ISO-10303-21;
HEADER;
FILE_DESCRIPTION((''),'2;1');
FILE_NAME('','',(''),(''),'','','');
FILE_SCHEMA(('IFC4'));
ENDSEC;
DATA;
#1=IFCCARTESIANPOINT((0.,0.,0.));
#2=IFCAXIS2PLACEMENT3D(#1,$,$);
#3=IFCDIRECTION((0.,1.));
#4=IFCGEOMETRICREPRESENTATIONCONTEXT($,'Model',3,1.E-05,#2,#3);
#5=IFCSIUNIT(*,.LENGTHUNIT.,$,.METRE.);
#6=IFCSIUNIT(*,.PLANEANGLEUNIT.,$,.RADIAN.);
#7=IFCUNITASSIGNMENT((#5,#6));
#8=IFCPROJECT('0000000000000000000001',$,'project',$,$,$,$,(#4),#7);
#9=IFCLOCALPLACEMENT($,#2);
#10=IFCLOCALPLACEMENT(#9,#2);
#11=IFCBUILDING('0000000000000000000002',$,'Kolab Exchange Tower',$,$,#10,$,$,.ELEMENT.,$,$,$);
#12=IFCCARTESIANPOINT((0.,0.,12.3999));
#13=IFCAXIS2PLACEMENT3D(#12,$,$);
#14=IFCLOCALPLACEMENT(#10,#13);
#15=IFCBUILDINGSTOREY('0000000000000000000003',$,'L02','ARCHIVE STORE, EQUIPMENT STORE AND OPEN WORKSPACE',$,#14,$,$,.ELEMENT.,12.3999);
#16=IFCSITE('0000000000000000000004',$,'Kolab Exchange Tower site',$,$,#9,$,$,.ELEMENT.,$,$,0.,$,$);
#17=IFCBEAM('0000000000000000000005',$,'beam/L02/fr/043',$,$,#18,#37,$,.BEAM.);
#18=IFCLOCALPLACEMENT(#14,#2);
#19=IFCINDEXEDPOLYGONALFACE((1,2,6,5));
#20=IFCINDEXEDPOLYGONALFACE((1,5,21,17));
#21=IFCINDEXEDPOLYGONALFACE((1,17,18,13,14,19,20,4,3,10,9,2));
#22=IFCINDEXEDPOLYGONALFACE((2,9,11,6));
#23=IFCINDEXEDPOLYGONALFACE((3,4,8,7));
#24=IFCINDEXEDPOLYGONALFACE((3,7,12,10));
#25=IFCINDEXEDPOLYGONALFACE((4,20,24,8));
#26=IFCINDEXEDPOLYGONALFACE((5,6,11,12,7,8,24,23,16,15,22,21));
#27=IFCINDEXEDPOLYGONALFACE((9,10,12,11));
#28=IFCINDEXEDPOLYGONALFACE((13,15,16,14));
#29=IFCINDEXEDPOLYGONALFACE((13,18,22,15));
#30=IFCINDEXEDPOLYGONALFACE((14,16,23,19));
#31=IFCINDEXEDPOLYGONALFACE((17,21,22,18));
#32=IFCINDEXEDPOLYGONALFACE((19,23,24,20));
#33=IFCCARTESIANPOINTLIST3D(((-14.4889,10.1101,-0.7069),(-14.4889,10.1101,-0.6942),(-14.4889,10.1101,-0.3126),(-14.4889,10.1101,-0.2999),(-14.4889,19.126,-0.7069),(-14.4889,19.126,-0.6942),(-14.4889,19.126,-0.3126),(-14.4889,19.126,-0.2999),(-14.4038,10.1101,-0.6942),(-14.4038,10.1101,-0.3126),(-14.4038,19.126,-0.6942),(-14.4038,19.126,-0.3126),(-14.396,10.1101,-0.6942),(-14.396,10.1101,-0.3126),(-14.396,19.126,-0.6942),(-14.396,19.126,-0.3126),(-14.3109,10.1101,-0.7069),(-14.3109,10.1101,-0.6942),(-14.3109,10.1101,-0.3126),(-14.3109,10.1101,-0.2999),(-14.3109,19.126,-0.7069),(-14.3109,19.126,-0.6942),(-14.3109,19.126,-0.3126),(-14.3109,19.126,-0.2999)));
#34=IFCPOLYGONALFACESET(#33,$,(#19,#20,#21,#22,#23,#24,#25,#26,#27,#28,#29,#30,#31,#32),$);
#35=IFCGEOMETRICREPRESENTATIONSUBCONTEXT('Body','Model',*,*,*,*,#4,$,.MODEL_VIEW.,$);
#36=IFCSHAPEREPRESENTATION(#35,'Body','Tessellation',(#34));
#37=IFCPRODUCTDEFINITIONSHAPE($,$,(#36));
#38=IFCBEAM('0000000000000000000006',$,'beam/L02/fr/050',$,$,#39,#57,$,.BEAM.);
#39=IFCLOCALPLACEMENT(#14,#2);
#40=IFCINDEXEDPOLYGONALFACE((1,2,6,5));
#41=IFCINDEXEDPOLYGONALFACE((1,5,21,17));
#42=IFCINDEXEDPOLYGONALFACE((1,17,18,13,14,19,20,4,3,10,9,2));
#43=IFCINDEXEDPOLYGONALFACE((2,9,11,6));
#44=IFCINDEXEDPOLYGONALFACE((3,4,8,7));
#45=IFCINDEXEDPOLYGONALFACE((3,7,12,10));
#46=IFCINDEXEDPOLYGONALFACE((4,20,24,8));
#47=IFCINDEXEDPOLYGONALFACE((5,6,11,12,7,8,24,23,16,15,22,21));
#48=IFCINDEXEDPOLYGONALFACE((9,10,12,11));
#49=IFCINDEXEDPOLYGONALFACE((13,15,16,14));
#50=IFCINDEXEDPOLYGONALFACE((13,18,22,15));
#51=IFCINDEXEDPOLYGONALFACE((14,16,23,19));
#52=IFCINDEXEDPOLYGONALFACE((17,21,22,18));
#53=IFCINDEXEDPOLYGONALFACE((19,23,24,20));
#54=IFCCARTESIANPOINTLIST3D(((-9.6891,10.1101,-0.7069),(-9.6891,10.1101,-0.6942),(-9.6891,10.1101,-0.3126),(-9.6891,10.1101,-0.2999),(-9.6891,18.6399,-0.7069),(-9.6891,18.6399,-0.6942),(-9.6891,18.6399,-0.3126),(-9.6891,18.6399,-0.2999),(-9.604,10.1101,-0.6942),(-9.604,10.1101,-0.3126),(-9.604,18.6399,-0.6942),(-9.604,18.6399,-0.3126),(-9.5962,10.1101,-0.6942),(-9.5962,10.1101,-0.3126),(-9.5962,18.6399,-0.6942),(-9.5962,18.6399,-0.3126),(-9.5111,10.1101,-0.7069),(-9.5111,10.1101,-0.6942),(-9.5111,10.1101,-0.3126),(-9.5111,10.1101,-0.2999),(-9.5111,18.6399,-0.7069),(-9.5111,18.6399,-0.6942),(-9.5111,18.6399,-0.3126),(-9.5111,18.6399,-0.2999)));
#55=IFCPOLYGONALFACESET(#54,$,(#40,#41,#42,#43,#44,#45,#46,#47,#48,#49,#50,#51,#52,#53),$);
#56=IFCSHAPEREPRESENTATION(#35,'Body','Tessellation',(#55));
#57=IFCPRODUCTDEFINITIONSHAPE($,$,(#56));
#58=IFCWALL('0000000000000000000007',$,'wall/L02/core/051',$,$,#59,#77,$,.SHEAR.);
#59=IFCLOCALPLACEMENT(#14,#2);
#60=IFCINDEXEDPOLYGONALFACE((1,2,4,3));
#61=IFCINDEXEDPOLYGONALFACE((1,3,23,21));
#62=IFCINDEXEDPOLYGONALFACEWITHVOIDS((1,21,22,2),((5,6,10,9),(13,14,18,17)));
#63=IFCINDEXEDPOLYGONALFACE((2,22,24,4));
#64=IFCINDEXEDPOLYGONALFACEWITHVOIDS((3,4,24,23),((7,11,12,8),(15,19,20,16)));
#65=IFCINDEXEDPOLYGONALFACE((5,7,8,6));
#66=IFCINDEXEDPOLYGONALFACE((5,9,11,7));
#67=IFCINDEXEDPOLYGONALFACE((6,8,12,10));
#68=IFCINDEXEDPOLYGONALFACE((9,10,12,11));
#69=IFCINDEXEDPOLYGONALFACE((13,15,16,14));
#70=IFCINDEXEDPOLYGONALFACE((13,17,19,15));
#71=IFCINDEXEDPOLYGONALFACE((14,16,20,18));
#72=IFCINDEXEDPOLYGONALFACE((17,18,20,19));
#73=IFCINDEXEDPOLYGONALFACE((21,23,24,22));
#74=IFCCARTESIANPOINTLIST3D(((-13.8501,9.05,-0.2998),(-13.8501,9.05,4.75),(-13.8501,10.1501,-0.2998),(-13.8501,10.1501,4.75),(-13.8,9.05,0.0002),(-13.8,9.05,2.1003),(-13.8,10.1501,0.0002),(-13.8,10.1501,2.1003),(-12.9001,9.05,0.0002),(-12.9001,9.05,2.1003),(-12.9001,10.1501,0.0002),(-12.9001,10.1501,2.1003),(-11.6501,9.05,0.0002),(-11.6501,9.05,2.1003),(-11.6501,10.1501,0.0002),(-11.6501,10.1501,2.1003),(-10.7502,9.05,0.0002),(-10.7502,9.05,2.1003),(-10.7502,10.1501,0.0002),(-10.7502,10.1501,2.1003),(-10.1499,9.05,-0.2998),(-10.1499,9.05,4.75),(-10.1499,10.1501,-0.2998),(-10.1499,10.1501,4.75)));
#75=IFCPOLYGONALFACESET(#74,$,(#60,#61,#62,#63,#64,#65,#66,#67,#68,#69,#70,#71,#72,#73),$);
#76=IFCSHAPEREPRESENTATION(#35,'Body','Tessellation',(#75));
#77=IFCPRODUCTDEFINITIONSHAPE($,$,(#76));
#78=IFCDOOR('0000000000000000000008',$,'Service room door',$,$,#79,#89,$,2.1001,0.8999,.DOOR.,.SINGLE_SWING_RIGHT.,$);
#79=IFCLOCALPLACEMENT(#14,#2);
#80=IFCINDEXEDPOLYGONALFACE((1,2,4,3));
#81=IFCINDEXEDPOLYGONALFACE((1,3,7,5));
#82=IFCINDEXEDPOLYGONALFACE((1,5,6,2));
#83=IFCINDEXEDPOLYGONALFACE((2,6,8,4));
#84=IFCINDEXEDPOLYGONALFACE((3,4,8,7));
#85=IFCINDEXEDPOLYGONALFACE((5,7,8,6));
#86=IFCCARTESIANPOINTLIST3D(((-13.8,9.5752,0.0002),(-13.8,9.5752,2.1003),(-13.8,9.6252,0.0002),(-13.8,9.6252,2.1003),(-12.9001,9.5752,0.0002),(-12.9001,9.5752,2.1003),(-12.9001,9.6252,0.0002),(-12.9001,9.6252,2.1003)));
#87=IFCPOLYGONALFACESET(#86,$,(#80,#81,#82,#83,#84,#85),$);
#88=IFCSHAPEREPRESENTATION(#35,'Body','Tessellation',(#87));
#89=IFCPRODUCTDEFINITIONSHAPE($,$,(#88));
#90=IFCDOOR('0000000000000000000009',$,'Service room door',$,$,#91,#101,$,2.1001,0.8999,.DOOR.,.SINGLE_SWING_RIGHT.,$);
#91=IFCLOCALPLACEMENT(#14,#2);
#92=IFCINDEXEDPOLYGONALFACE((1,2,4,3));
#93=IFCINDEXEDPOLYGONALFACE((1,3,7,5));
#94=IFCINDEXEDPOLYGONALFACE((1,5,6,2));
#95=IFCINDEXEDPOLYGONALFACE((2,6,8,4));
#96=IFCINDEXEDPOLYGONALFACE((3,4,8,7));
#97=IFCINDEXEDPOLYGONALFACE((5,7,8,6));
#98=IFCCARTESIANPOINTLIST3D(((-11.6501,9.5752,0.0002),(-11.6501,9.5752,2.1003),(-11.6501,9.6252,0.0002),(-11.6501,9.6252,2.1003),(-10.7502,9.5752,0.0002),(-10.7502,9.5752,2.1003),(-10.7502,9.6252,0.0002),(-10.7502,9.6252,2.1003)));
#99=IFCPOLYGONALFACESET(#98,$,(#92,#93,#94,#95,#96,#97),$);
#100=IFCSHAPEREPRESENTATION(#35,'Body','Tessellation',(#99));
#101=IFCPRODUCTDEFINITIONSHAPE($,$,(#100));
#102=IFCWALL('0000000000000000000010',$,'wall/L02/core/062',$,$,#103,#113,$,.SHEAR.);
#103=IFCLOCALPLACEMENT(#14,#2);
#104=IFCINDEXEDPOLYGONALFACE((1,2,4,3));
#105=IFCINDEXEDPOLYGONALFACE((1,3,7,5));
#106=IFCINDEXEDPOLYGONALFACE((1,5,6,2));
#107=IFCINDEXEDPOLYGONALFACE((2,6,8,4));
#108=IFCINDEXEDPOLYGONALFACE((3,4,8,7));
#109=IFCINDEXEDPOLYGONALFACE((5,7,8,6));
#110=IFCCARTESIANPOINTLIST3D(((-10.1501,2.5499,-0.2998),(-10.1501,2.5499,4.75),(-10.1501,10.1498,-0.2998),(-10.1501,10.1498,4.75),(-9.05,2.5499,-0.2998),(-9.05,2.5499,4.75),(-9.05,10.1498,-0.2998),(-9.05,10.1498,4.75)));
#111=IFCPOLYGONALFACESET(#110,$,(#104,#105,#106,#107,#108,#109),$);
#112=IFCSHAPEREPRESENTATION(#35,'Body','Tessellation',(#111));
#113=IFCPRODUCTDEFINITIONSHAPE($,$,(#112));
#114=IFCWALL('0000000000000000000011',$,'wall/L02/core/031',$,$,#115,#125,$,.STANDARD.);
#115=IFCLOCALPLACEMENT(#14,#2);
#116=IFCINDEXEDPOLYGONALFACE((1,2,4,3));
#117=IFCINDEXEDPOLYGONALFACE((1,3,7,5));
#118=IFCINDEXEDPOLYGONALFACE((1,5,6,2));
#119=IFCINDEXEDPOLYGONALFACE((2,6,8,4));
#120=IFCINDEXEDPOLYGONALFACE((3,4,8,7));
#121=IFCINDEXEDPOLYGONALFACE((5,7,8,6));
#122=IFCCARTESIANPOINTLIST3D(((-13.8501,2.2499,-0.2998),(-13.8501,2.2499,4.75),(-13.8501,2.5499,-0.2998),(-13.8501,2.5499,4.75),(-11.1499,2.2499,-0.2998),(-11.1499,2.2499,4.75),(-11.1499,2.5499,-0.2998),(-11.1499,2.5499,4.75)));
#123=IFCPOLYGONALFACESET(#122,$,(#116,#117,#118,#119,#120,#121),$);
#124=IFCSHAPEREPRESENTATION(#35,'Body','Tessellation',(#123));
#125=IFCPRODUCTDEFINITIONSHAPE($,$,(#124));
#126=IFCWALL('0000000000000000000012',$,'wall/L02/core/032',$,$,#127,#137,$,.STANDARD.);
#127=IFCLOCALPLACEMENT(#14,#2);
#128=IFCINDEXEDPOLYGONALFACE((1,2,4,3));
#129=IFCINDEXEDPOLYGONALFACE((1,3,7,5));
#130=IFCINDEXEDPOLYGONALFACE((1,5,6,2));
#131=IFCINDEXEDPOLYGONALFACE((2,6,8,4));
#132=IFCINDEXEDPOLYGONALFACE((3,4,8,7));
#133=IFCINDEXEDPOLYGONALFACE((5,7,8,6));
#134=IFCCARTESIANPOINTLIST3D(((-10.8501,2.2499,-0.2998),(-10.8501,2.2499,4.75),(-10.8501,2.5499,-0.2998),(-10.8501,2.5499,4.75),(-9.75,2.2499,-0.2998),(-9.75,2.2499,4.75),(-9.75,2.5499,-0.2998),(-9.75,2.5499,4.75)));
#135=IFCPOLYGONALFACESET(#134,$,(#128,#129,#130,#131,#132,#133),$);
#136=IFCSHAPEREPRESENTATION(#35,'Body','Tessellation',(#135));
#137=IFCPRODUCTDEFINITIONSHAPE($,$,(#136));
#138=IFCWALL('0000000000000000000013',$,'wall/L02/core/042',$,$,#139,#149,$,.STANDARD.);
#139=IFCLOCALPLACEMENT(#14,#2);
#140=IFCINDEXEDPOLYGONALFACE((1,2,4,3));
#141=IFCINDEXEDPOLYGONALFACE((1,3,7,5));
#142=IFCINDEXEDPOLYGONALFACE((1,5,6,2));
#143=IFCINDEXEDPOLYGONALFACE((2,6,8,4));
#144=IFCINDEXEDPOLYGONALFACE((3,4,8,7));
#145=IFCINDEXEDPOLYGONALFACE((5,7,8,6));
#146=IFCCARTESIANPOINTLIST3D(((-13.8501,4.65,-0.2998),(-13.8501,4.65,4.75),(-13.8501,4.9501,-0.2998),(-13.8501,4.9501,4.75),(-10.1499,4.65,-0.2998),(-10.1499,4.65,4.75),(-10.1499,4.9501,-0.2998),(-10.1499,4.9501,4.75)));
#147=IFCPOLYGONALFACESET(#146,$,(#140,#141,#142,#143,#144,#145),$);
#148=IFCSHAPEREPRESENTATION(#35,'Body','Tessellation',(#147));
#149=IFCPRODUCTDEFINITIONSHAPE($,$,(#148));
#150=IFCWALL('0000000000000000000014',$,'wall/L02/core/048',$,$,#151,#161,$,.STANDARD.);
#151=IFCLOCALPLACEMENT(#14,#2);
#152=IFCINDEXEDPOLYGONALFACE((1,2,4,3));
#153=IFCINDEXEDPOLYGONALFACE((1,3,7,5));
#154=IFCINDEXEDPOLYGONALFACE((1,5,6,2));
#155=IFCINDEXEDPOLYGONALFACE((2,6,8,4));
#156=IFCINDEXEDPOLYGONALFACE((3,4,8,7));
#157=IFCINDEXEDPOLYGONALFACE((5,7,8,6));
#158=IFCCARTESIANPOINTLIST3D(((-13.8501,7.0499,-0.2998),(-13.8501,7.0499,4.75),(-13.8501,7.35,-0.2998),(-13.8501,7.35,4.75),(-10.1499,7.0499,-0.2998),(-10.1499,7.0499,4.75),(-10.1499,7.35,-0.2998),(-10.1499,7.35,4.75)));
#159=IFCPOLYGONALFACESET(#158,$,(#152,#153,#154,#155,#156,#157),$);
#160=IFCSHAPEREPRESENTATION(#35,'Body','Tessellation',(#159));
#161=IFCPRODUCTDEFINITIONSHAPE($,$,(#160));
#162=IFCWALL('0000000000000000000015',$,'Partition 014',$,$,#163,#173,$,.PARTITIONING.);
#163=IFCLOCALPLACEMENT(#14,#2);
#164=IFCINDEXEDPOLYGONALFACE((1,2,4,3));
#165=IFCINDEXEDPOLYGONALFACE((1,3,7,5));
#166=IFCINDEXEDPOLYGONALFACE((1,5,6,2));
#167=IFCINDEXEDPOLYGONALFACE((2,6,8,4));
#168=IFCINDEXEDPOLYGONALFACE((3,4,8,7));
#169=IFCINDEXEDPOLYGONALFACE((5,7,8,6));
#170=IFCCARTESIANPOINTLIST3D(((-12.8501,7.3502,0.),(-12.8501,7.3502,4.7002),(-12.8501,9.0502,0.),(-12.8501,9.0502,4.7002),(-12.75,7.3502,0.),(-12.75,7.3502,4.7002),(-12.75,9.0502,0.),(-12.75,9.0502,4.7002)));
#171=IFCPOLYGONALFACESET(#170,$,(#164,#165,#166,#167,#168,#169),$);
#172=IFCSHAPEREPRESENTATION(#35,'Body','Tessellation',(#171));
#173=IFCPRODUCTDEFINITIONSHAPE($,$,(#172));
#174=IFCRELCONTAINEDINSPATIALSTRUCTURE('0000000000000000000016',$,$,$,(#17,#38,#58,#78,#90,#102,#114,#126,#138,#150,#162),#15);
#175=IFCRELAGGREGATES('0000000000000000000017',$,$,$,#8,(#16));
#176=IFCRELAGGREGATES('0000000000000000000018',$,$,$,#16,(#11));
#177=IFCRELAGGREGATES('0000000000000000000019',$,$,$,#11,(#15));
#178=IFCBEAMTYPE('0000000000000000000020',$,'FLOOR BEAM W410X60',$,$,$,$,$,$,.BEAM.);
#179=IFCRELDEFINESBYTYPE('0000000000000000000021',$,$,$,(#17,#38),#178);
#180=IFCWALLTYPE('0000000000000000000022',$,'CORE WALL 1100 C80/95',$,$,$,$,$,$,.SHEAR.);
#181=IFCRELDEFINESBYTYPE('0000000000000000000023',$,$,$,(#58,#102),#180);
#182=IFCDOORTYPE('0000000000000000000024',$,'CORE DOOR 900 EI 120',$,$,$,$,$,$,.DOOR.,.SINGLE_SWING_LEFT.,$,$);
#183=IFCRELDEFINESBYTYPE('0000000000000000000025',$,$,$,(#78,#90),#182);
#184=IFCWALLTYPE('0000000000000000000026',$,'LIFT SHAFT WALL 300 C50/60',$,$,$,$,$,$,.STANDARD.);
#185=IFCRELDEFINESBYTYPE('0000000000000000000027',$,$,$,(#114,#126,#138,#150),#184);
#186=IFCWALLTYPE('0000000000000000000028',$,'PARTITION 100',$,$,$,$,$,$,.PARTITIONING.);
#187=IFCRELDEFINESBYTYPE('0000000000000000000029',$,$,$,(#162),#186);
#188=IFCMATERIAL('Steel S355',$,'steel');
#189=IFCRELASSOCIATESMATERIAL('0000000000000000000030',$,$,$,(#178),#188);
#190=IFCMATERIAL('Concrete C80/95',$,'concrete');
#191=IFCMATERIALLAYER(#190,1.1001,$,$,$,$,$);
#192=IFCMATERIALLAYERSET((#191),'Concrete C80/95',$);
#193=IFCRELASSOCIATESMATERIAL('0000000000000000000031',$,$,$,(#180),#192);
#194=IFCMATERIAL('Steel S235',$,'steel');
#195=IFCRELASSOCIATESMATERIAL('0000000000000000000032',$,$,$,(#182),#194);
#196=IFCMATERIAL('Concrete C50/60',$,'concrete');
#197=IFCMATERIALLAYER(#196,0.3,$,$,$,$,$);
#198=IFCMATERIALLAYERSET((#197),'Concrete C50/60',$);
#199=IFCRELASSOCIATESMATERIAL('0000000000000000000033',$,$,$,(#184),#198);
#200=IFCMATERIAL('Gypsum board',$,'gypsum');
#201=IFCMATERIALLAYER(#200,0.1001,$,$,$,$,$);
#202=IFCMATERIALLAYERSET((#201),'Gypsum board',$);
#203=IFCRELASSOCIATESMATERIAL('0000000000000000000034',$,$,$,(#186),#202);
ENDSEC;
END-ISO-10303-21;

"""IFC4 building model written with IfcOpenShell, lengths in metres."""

from ifc_helpers import new_model, si_unit, direction, frame, frame_2d, origin, origin_2d, place, context, subcontext, project, spatial, rectangle, i_section, extrude, material, layer, layer_set, material_profile, profile_set, type_object, element, fill, save


model = new_model("IFC4")

# Units and contexts
model_context = context("Model", 3, precision=1e-05, world=origin(), true_north=direction((0.0, 1.0)))
body_context = subcontext(model_context, "Body", "Model", "MODEL_VIEW")
ifc_project = project(units=[si_unit("LENGTHUNIT", "METRE"), si_unit("PLANEANGLEUNIT", "RADIAN")], contexts=[model_context])

# Site, building, storey
site_placement = place(None, origin())
site = spatial("IfcSite", under=ifc_project, at=site_placement, Name="Kolab Exchange Tower site", CompositionType="ELEMENT", RefElevation=0.0)
building_placement = place(site_placement, origin())
building = spatial("IfcBuilding", under=site, at=building_placement, Name="Kolab Exchange Tower", CompositionType="ELEMENT")
storey_placement = place(building_placement, frame((0.0, 0.0, 12.3999)))
storey = spatial("IfcBuildingStorey", under=building, at=storey_placement, Name="L02", Description="ARCHIVE STORE, EQUIPMENT STORE AND OPEN WORKSPACE", CompositionType="ELEMENT", Elevation=12.3999)

# Beams
ifc_material_1 = material(Name="Steel S355", Category="steel")
ifc_material_profile = material_profile(ifc_material_1, i_section(OverallWidth=0.178, OverallDepth=0.407, WebThickness=0.0078, FlangeThickness=0.0127, at=origin_2d()), Name="W410X60")
ifc_profile_set = profile_set([ifc_material_profile], Name="Steel S355")
beam_type = type_object("IfcBeamType", Name="FLOOR BEAM W410X60", PredefinedType="BEAM", material=ifc_profile_set)
beam_1_placement = place(storey_placement, frame((-14.3999, 10.1101, -0.5034), z_axis=(0.0, 1.0, 0.0), x_axis=(-1.0, 0.0, 0.0)))
element("IfcBeam", 1, at=beam_1_placement, inside=storey, type_object=beam_type, Name="beam/L02/fr/043", PredefinedType="BEAM", context=body_context, shape_type="SweptSolid", body=[
    extrude(i_section(OverallWidth=0.178, OverallDepth=0.407, WebThickness=0.0078, FlangeThickness=0.0127, at=origin_2d()), origin(), (0.0, 0.0, 1.0), 9.0159),
])
beam_2_placement = place(storey_placement, frame((-9.6001, 10.1101, -0.5034), z_axis=(0.0, 1.0, 0.0), x_axis=(-1.0, 0.0, 0.0)))
element("IfcBeam", 2, at=beam_2_placement, inside=storey, type_object=beam_type, Name="beam/L02/fr/050", PredefinedType="BEAM", context=body_context, shape_type="SweptSolid", body=[
    extrude(i_section(OverallWidth=0.178, OverallDepth=0.407, WebThickness=0.0078, FlangeThickness=0.0127, at=origin_2d()), origin(), (0.0, 0.0, 1.0), 8.5298),
])

# Wall, openings, doors
ifc_material_2 = material(Name="Concrete C80/95", Category="concrete")
ifc_layer_1 = layer(ifc_material_2, 1.1001)
ifc_layer_set_1 = layer_set([ifc_layer_1], Name="Concrete C80/95")
wall_type_1 = type_object("IfcWallType", Name="CORE WALL 1100 C80/95", PredefinedType="SHEAR", material=ifc_layer_set_1)
wall_1_placement = place(storey_placement, frame((-13.8501, 9.6001, -0.2998), z_axis=(0.0, 0.0, 1.0), x_axis=(1.0, 0.0, 0.0)))
wall_1 = element("IfcWall", 3, at=wall_1_placement, inside=storey, type_object=wall_type_1, Name="wall/L02/core/051", PredefinedType="SHEAR", context=body_context, shape_type="SweptSolid", body=[
    extrude(rectangle(XDim=3.7002, YDim=1.1001, at=frame_2d((1.8501, 0.0))), origin(), (0.0, 0.0, 1.0), 5.0498),
])
opening_1_placement = place(wall_1_placement, frame((0.05, 0.0, 0.3)))
opening_1 = element("IfcOpeningElement", 4, at=opening_1_placement, cuts=wall_1, PredefinedType="OPENING", context=body_context, shape_type="SweptSolid", body=[
    extrude(rectangle(XDim=0.8999, YDim=2.1001, at=frame_2d((0.45, 1.05))), frame((0.0, 0.5601, 0.0), z_axis=(0.0, -1.0, 0.0), x_axis=(1.0, 0.0, 0.0)), (0.0, 0.0, 1.0), 1.1201),
])
opening_2_placement = place(wall_1_placement, frame((2.2, 0.0, 0.3)))
opening_2 = element("IfcOpeningElement", 5, at=opening_2_placement, cuts=wall_1, PredefinedType="OPENING", context=body_context, shape_type="SweptSolid", body=[
    extrude(rectangle(XDim=0.8999, YDim=2.1001, at=frame_2d((0.45, 1.05))), frame((0.0, 0.5601, 0.0), z_axis=(0.0, -1.0, 0.0), x_axis=(1.0, 0.0, 0.0)), (0.0, 0.0, 1.0), 1.1201),
])
ifc_material_3 = material(Name="Steel S235", Category="steel")
door_type_1 = type_object("IfcDoorType", Name="CORE DOOR 900 EI 120", OperationType="SINGLE_SWING_LEFT", PredefinedType="DOOR", material=ifc_material_3)
door_1_placement = place(opening_1_placement, frame((0.8999, 0.0, 0.0), z_axis=(0.0, 0.0, 1.0), x_axis=(-1.0, 0.0, 0.0)))
door_1 = element("IfcDoor", 6, at=door_1_placement, inside=storey, type_object=door_type_1, Name="Service room door", OperationType="SINGLE_SWING_RIGHT", OverallHeight=2.1001, OverallWidth=0.8999, PredefinedType="DOOR", context=body_context, shape_type="SweptSolid", body=[
    extrude(rectangle(XDim=0.8999, YDim=2.1001, at=frame_2d((0.45, 1.05))), frame((0.0, 0.0249, 0.0), z_axis=(0.0, -1.0, 0.0), x_axis=(1.0, 0.0, 0.0)), (0.0, 0.0, 1.0), 0.05),
])
fill(opening_1, door_1)
door_2_placement = place(opening_2_placement, frame((0.8999, 0.0, 0.0), z_axis=(0.0, 0.0, 1.0), x_axis=(-1.0, 0.0, 0.0)))
door_2 = element("IfcDoor", 7, at=door_2_placement, inside=storey, type_object=door_type_1, Name="Service room door", OperationType="SINGLE_SWING_RIGHT", OverallHeight=2.1001, OverallWidth=0.8999, PredefinedType="DOOR", context=body_context, shape_type="SweptSolid", body=[
    extrude(rectangle(XDim=0.8999, YDim=2.1001, at=frame_2d((0.45, 1.05))), frame((0.0, 0.0249, 0.0), z_axis=(0.0, -1.0, 0.0), x_axis=(1.0, 0.0, 0.0)), (0.0, 0.0, 1.0), 0.05),
])
fill(opening_2, door_2)

# Walls
wall_2_placement = place(storey_placement, frame((-9.6001, 2.55, -0.2998), z_axis=(0.0, 0.0, 1.0), x_axis=(0.0, 1.0, 0.0)))
element("IfcWall", 8, at=wall_2_placement, inside=storey, type_object=wall_type_1, Name="wall/L02/core/062", PredefinedType="SHEAR", context=body_context, shape_type="SweptSolid", body=[
    extrude(rectangle(XDim=7.5999, YDim=1.1001, at=frame_2d((3.7998, 0.0))), origin(), (0.0, 0.0, 1.0), 5.0498),
])
ifc_material_4 = material(Name="Concrete C50/60", Category="concrete")
ifc_layer_2 = layer(ifc_material_4, 0.3)
ifc_layer_set_2 = layer_set([ifc_layer_2], Name="Concrete C50/60")
wall_type_2 = type_object("IfcWallType", Name="LIFT SHAFT WALL 300 C50/60", PredefinedType="STANDARD", material=ifc_layer_set_2)
wall_3_placement = place(storey_placement, frame((-13.8501, 2.3999, -0.2998), z_axis=(0.0, 0.0, 1.0), x_axis=(1.0, 0.0, 0.0)))
element("IfcWall", 9, at=wall_3_placement, inside=storey, type_object=wall_type_2, Name="wall/L02/core/031", PredefinedType="STANDARD", context=body_context, shape_type="SweptSolid", body=[
    extrude(rectangle(XDim=2.7002, YDim=0.3, at=frame_2d((1.3501, 0.0))), origin(), (0.0, 0.0, 1.0), 5.0498),
])
wall_4_placement = place(storey_placement, frame((-10.8501, 2.3999, -0.2998), z_axis=(0.0, 0.0, 1.0), x_axis=(1.0, 0.0, 0.0)))
element("IfcWall", 10, at=wall_4_placement, inside=storey, type_object=wall_type_2, Name="wall/L02/core/032", PredefinedType="STANDARD", context=body_context, shape_type="SweptSolid", body=[
    extrude(rectangle(XDim=1.1001, YDim=0.3, at=frame_2d((0.55, 0.0))), origin(), (0.0, 0.0, 1.0), 5.0498),
])
for number, where, z_axis, x_axis, name in (
    (11, (-13.8501, 4.8, -0.2998), (0.0, 0.0, 1.0), (1.0, 0.0, 0.0), "wall/L02/core/042"),
    (12, (-13.8501, 7.2, -0.2998), (0.0, 0.0, 1.0), (1.0, 0.0, 0.0), "wall/L02/core/048"),
):
    element("IfcWall", number, at=place(storey_placement, frame(where, z_axis=z_axis, x_axis=x_axis)), inside=storey, type_object=wall_type_2, Name=name, PredefinedType="STANDARD", context=body_context, shape_type="SweptSolid", body=[
        extrude(rectangle(XDim=3.7002, YDim=0.3, at=frame_2d((1.8501, 0.0))), origin(), (0.0, 0.0, 1.0), 5.0498),
    ])
ifc_material_5 = material(Name="Gypsum board", Category="gypsum")
ifc_layer_3 = layer(ifc_material_5, 0.1001)
ifc_layer_set_3 = layer_set([ifc_layer_3], Name="Gypsum board")
wall_type_3 = type_object("IfcWallType", Name="PARTITION 100", PredefinedType="PARTITIONING", material=ifc_layer_set_3)
wall_5_placement = place(storey_placement, frame((-12.8, 7.3501, 0.0), z_axis=(0.0, 0.0, 1.0), x_axis=(0.0, 1.0, 0.0)))
element("IfcWall", 13, at=wall_5_placement, inside=storey, type_object=wall_type_3, Name="Partition 014", PredefinedType="PARTITIONING", context=body_context, shape_type="SweptSolid", body=[
    extrude(rectangle(XDim=1.7, YDim=0.1001, at=frame_2d((0.8501, 0.0))), origin(), (0.0, 0.0, 1.0), 4.7002),
])

save(model, "model.ifc")
